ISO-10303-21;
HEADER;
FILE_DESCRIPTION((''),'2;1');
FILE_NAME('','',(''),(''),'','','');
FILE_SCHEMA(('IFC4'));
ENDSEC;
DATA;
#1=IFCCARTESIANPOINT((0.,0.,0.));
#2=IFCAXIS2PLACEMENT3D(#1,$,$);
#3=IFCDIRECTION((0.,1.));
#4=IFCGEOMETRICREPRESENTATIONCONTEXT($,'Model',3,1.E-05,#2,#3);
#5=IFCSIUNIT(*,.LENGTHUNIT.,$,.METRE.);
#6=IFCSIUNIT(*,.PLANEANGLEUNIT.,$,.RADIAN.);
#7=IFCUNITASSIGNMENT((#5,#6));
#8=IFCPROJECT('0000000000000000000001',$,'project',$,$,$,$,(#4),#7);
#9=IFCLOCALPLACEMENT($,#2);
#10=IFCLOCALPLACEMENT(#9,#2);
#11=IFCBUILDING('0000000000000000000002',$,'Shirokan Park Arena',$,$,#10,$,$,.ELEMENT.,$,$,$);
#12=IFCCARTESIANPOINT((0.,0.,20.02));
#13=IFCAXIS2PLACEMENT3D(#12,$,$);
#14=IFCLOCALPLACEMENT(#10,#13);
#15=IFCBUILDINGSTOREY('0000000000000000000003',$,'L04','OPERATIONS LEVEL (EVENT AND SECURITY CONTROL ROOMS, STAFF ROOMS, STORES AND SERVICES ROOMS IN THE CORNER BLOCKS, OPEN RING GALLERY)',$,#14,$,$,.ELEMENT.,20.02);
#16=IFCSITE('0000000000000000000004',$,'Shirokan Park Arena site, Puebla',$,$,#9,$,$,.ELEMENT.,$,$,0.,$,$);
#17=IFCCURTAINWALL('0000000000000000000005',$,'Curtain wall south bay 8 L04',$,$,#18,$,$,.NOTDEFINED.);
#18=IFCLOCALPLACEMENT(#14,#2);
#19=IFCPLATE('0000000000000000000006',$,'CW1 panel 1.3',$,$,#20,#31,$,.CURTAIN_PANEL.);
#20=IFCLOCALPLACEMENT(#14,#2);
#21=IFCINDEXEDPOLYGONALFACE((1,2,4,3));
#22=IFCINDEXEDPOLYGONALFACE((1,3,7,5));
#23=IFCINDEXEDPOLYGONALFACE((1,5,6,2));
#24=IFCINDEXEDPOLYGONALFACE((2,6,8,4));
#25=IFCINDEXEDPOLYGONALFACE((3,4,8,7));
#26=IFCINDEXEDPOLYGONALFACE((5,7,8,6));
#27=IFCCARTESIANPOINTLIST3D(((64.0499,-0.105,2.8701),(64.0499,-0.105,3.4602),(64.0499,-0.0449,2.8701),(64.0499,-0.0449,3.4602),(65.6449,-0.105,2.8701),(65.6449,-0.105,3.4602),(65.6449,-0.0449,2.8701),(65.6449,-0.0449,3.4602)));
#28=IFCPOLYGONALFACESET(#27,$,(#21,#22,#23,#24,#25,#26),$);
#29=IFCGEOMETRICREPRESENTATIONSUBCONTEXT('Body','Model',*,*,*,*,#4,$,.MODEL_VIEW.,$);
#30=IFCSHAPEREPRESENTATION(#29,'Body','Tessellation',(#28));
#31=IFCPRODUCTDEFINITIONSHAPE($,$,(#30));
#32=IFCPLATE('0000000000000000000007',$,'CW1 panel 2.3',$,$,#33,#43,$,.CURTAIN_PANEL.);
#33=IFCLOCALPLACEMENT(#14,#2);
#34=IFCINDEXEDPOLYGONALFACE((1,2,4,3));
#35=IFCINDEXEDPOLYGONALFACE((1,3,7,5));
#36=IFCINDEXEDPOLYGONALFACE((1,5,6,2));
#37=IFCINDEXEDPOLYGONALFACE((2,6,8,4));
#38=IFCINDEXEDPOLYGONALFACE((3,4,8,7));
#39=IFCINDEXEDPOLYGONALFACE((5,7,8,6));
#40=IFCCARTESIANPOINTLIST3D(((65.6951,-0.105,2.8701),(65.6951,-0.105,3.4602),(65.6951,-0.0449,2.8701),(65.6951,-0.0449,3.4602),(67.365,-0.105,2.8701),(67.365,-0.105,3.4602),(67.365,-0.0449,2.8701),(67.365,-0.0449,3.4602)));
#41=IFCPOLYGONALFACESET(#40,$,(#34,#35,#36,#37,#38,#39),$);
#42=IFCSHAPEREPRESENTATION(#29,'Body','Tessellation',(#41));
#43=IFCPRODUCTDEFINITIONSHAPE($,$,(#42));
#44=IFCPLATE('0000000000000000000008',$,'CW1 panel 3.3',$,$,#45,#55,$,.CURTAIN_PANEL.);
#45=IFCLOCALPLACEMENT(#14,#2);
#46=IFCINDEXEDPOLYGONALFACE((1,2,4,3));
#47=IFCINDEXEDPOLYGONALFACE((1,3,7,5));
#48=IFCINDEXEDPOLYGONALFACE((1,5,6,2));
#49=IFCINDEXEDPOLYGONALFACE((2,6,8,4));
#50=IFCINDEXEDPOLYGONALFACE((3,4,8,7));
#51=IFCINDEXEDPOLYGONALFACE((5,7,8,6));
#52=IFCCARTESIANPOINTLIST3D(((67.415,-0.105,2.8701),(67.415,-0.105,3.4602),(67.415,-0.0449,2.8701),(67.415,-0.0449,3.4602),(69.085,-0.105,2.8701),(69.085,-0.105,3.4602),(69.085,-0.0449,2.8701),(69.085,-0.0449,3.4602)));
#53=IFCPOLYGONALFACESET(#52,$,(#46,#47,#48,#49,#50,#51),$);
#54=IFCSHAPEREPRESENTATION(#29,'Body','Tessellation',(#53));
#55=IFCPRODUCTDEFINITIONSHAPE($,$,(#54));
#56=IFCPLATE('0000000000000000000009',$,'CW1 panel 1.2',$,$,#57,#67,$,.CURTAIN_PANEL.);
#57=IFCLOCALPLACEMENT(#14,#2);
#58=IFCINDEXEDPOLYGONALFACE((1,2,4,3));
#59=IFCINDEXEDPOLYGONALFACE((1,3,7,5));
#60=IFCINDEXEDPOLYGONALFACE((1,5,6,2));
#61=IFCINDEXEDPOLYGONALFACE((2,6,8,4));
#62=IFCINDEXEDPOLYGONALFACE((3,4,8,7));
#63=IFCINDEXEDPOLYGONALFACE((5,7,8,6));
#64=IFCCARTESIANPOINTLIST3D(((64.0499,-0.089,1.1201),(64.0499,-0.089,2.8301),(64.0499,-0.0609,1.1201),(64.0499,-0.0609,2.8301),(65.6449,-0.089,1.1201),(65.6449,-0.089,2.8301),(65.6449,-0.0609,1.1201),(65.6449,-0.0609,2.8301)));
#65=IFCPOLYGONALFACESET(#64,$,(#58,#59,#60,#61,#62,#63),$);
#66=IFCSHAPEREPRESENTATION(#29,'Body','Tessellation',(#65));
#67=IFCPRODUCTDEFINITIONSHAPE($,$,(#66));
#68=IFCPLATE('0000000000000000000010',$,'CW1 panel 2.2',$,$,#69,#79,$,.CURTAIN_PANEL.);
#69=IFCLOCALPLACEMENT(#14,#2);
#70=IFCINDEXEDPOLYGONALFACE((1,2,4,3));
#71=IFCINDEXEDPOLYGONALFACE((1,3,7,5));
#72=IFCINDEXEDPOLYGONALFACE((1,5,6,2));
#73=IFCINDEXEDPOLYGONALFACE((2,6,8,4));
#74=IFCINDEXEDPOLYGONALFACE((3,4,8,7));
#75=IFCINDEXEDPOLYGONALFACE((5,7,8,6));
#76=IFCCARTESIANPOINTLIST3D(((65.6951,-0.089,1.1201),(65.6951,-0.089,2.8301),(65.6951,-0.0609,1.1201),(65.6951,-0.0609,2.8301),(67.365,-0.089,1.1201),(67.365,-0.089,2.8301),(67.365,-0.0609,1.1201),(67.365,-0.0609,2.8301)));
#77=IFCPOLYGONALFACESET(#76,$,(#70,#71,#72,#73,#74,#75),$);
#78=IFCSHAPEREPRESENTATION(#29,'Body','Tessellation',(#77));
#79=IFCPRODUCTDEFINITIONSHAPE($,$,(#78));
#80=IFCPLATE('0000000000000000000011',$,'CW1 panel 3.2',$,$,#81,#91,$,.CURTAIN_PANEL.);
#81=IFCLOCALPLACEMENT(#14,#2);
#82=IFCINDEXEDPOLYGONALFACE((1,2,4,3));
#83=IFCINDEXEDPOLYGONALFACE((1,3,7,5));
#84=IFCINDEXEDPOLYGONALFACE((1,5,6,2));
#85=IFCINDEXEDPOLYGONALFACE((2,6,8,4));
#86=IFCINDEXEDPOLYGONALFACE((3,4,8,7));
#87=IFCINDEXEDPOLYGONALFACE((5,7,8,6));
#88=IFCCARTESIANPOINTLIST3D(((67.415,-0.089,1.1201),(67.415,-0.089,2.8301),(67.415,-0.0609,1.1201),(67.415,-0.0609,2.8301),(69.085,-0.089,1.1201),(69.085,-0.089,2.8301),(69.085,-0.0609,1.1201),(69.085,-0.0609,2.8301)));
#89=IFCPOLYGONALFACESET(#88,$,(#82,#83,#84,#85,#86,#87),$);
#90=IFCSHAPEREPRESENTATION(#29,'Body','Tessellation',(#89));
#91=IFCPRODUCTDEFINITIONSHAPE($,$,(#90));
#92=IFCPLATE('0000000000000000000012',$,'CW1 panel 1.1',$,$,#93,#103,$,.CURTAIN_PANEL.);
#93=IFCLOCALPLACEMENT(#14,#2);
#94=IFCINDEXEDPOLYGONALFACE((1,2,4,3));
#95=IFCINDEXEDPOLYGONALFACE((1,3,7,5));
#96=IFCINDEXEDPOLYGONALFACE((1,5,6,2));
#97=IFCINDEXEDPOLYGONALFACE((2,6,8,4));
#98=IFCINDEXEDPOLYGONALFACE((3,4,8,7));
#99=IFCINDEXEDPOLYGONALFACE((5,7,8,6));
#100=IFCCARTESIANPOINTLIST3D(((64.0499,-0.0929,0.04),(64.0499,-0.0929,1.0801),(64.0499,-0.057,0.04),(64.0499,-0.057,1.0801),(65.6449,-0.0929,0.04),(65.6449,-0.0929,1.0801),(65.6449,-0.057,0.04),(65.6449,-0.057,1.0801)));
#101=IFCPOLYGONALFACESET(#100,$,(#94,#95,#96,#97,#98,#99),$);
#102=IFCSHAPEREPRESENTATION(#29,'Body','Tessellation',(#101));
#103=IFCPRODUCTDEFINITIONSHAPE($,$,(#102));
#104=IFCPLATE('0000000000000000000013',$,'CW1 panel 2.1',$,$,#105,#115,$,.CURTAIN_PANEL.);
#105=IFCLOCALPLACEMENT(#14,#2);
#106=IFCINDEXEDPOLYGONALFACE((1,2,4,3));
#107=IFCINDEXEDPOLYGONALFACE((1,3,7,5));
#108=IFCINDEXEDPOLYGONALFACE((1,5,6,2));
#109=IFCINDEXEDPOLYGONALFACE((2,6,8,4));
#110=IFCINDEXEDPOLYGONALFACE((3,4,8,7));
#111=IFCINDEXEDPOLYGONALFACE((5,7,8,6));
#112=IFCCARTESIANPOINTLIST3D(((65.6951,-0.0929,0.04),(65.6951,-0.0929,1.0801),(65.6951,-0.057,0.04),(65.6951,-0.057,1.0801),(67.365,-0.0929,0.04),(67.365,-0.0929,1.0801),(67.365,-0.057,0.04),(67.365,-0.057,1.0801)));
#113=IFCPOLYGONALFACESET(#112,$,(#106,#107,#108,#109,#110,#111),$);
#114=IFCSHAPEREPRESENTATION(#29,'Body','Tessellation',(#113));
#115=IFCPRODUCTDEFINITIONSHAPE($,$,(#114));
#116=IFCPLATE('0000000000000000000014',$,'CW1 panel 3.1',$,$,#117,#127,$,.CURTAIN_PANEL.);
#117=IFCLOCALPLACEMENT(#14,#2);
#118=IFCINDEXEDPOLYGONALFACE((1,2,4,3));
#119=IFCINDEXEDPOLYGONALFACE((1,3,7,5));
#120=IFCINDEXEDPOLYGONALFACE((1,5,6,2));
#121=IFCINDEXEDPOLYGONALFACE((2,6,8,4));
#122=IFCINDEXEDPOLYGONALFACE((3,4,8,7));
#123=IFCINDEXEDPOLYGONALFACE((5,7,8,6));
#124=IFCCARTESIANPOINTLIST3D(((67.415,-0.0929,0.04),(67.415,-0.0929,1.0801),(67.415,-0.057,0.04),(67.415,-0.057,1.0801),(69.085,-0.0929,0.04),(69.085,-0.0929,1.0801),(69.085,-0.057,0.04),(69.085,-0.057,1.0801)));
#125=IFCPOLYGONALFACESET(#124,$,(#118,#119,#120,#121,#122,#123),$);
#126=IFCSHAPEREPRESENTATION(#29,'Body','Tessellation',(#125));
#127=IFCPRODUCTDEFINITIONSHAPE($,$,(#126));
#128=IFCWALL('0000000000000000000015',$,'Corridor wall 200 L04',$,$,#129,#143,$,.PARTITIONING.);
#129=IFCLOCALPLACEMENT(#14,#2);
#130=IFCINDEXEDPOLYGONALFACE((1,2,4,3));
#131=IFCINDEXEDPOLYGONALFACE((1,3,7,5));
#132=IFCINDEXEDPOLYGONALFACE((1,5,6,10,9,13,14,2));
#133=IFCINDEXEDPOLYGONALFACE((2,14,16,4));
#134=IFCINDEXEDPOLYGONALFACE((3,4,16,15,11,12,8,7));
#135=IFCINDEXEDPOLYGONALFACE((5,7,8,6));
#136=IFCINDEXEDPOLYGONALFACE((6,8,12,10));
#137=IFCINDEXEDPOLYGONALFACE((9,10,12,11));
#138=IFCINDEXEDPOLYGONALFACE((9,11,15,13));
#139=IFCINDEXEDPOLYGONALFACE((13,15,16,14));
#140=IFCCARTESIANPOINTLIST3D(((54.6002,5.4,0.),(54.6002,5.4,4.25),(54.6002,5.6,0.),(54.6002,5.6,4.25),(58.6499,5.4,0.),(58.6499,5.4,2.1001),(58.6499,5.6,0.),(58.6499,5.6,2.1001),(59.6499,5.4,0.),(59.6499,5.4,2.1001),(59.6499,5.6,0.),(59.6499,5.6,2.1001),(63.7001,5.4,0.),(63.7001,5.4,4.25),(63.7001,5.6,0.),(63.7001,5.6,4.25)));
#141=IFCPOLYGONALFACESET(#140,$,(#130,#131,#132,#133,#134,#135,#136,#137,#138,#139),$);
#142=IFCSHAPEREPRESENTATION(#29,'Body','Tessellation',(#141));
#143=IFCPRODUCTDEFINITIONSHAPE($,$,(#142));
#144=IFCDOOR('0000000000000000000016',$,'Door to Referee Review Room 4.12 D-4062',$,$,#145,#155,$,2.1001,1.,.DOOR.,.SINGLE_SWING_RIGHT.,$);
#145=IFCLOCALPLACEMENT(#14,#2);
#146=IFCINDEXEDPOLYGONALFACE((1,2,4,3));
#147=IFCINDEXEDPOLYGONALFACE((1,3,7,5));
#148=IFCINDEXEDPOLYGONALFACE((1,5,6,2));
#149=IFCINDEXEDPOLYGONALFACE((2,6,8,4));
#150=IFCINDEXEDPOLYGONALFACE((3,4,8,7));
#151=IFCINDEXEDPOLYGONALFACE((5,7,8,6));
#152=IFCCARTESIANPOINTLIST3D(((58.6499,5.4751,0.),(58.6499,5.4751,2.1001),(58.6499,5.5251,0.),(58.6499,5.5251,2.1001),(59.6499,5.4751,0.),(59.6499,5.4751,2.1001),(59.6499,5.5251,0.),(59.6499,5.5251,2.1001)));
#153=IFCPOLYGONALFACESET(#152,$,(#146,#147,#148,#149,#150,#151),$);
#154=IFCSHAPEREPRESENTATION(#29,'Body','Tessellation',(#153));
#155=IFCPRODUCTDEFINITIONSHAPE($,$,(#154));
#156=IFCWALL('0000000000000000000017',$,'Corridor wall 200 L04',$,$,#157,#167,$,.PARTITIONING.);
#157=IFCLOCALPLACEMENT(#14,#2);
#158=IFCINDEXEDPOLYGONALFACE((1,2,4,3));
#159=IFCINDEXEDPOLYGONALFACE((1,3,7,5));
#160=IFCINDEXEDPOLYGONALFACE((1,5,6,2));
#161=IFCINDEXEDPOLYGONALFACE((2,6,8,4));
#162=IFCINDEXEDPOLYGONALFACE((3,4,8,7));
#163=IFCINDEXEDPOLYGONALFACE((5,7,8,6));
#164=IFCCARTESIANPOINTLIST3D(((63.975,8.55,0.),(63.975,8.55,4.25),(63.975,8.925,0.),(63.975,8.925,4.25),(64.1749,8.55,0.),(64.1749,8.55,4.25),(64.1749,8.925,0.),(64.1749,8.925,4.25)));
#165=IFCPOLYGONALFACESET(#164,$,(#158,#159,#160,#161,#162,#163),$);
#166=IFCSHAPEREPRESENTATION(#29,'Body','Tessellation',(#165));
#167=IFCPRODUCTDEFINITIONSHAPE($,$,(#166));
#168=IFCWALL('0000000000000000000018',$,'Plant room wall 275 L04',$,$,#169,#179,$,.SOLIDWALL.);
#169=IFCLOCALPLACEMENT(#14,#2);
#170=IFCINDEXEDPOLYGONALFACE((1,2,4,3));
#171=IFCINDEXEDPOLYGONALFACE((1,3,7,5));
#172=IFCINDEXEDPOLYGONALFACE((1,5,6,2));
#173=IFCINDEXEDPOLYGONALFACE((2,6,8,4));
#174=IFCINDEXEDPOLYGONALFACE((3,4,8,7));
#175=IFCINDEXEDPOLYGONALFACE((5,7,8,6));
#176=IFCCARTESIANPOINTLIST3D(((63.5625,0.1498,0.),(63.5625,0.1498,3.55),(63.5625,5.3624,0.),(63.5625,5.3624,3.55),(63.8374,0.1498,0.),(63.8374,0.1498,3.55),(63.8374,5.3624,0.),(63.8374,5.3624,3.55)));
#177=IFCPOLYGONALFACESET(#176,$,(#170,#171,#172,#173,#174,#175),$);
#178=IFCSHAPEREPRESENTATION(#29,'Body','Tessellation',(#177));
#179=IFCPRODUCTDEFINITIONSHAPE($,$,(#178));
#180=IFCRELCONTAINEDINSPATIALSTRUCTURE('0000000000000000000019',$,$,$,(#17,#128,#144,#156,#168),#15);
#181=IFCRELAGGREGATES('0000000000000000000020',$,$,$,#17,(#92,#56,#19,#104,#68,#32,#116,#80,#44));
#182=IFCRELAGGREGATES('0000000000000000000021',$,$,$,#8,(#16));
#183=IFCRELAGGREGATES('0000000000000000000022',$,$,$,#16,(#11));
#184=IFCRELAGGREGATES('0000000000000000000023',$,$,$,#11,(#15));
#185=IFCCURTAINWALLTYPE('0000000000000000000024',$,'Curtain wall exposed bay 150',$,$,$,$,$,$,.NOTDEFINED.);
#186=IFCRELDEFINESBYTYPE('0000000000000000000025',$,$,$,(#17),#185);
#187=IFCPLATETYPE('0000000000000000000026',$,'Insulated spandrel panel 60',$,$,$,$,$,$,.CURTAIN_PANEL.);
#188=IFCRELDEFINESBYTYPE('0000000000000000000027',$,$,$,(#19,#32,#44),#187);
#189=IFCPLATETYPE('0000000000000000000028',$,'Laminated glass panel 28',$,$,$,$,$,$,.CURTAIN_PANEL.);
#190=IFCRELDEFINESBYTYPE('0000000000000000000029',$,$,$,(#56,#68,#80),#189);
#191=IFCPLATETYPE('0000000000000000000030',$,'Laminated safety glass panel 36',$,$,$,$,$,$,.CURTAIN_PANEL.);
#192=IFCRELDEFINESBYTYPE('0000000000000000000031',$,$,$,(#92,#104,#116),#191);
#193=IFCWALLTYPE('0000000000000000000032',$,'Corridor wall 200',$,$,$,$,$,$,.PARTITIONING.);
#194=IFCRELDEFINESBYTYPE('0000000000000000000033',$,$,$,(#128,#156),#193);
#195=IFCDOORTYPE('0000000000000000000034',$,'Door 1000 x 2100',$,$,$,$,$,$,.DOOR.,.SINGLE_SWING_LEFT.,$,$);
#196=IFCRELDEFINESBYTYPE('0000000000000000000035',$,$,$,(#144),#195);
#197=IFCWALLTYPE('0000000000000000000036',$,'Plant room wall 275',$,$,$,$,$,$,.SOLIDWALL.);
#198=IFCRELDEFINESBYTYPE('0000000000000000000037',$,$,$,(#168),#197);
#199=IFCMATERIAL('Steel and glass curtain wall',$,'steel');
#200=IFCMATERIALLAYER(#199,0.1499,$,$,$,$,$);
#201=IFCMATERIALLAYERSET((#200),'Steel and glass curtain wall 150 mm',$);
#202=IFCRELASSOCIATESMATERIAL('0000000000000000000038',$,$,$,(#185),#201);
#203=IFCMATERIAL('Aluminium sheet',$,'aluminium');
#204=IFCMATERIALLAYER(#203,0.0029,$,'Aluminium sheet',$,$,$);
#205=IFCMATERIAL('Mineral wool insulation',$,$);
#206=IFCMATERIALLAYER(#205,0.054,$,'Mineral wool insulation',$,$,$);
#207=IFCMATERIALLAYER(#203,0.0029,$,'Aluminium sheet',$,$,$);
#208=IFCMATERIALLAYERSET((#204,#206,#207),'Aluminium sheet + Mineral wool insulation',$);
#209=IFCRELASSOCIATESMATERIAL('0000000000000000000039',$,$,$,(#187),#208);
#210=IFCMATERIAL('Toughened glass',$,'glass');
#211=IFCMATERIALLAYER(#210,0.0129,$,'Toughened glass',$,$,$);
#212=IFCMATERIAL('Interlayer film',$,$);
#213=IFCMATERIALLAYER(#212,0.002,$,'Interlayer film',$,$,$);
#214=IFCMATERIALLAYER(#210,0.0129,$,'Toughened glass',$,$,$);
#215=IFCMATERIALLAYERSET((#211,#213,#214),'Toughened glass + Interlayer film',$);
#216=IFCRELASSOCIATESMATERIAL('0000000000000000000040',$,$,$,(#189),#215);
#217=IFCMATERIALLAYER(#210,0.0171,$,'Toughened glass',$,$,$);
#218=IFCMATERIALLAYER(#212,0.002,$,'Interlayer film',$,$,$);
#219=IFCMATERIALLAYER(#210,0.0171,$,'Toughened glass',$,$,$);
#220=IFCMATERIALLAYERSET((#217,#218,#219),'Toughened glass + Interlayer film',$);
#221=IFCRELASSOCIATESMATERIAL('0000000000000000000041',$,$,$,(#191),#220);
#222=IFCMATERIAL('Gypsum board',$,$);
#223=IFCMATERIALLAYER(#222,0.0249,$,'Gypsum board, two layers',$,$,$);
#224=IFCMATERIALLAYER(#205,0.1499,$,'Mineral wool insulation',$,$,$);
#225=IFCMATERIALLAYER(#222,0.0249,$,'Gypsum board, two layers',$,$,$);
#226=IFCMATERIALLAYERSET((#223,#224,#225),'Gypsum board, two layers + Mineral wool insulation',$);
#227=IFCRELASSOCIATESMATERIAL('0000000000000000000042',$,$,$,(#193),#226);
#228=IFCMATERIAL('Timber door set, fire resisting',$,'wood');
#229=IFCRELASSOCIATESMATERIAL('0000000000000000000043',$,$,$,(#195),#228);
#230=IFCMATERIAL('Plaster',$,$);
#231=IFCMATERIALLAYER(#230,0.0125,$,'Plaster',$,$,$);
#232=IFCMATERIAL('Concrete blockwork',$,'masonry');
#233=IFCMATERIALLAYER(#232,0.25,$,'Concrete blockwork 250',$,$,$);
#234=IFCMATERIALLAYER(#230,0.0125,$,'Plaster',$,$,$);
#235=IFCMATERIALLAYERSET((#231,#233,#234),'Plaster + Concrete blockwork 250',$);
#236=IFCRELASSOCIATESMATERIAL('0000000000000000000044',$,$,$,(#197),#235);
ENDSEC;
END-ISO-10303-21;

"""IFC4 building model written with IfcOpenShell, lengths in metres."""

from ifc_helpers import new_model, si_unit, direction, frame, frame_2d, origin, origin_2d, place, context, subcontext, project, spatial, rectangle, extrude, material, layer, layer_set, type_object, element, fill, aggregate, save


model = new_model("IFC4")

# Units and contexts
model_context = context("Model", 3, precision=1e-05, world=origin(), true_north=direction((0.0, 1.0)))
body_context = subcontext(model_context, "Body", "Model", "MODEL_VIEW")
ifc_project = project(units=[si_unit("LENGTHUNIT", "METRE"), si_unit("PLANEANGLEUNIT", "RADIAN")], contexts=[model_context])

# Site, building, storey
site_placement = place(None, origin())
site = spatial("IfcSite", under=ifc_project, at=site_placement, Name="Shirokan Park Arena site, Puebla", CompositionType="ELEMENT", RefElevation=0.0)
building_placement = place(site_placement, origin())
building = spatial("IfcBuilding", under=site, at=building_placement, Name="Shirokan Park Arena", CompositionType="ELEMENT")
storey_placement = place(building_placement, frame((0.0, 0.0, 20.02)))
storey = spatial("IfcBuildingStorey", under=building, at=storey_placement, Name="L04", Description="OPERATIONS LEVEL (EVENT AND SECURITY CONTROL ROOMS, STAFF ROOMS, STORES AND SERVICES ROOMS IN THE CORNER BLOCKS, OPEN RING GALLERY)", CompositionType="ELEMENT", Elevation=20.02)

# Curtain wall
ifc_material_1 = material(Name="Steel and glass curtain wall", Category="steel")
ifc_layer_1 = layer(ifc_material_1, 0.1499)
ifc_layer_set_1 = layer_set([ifc_layer_1], Name="Steel and glass curtain wall 150 mm")
curtain_wall_type = type_object("IfcCurtainWallType", Name="Curtain wall exposed bay 150", PredefinedType="NOTDEFINED", material=ifc_layer_set_1)
curtain_wall_placement = place(storey_placement, origin())
curtain_wall = element("IfcCurtainWall", 1, at=curtain_wall_placement, inside=storey, type_object=curtain_wall_type, Name="Curtain wall south bay 8 L04", PredefinedType="NOTDEFINED")

# Plates
ifc_material_2 = material(Name="Aluminium sheet", Category="aluminium")
ifc_layer_2 = layer(ifc_material_2, 0.0029, Name="Aluminium sheet")
ifc_material_3 = material(Name="Mineral wool insulation")
ifc_layer_3 = layer(ifc_material_3, 0.054, Name="Mineral wool insulation")
ifc_layer_4 = layer(ifc_material_2, 0.0029, Name="Aluminium sheet")
ifc_layer_set_2 = layer_set([ifc_layer_2, ifc_layer_3, ifc_layer_4], Name="Aluminium sheet + Mineral wool insulation")
plate_type_1 = type_object("IfcPlateType", Name="Insulated spandrel panel 60", PredefinedType="CURTAIN_PANEL", material=ifc_layer_set_2)
plate_1_placement = place(storey_placement, frame((64.8474, -0.075, 2.8701), z_axis=(0.0, 0.0, 1.0), x_axis=(1.0, 0.0, 0.0)))
plate_1 = element("IfcPlate", 2, at=plate_1_placement, type_object=plate_type_1, Name="CW1 panel 1.3", PredefinedType="CURTAIN_PANEL", context=body_context, shape_type="SweptSolid", body=[
    extrude(rectangle(XDim=1.595, YDim=0.0601, at=origin_2d()), origin(), (0.0, 0.0, 1.0), 0.5901),
])
plate_2_placement = place(storey_placement, frame((66.53, -0.075, 2.8701), z_axis=(0.0, 0.0, 1.0), x_axis=(1.0, 0.0, 0.0)))
plate_2 = element("IfcPlate", 3, at=plate_2_placement, type_object=plate_type_1, Name="CW1 panel 2.3", PredefinedType="CURTAIN_PANEL", context=body_context, shape_type="SweptSolid", body=[
    extrude(rectangle(XDim=1.6699, YDim=0.0601, at=origin_2d()), origin(), (0.0, 0.0, 1.0), 0.5901),
])
plate_3_placement = place(storey_placement, frame((68.25, -0.075, 2.8701), z_axis=(0.0, 0.0, 1.0), x_axis=(1.0, 0.0, 0.0)))
plate_3 = element("IfcPlate", 4, at=plate_3_placement, type_object=plate_type_1, Name="CW1 panel 3.3", PredefinedType="CURTAIN_PANEL", context=body_context, shape_type="SweptSolid", body=[
    extrude(rectangle(XDim=1.6699, YDim=0.0601, at=origin_2d()), origin(), (0.0, 0.0, 1.0), 0.5901),
])
ifc_material_4 = material(Name="Toughened glass", Category="glass")
ifc_layer_5 = layer(ifc_material_4, 0.0129, Name="Toughened glass")
ifc_material_5 = material(Name="Interlayer film")
ifc_layer_6 = layer(ifc_material_5, 0.002, Name="Interlayer film")
ifc_layer_7 = layer(ifc_material_4, 0.0129, Name="Toughened glass")
ifc_layer_set_3 = layer_set([ifc_layer_5, ifc_layer_6, ifc_layer_7], Name="Toughened glass + Interlayer film")
plate_type_2 = type_object("IfcPlateType", Name="Laminated glass panel 28", PredefinedType="CURTAIN_PANEL", material=ifc_layer_set_3)
plate_4_placement = place(storey_placement, frame((64.8474, -0.075, 1.1201), z_axis=(0.0, 0.0, 1.0), x_axis=(1.0, 0.0, 0.0)))
plate_4 = element("IfcPlate", 5, at=plate_4_placement, type_object=plate_type_2, Name="CW1 panel 1.2", PredefinedType="CURTAIN_PANEL", context=body_context, shape_type="SweptSolid", body=[
    extrude(rectangle(XDim=1.595, YDim=0.0281, at=origin_2d()), origin(), (0.0, 0.0, 1.0), 1.71),
])
plate_5_placement = place(storey_placement, frame((66.53, -0.075, 1.1201), z_axis=(0.0, 0.0, 1.0), x_axis=(1.0, 0.0, 0.0)))
plate_5 = element("IfcPlate", 6, at=plate_5_placement, type_object=plate_type_2, Name="CW1 panel 2.2", PredefinedType="CURTAIN_PANEL", context=body_context, shape_type="SweptSolid", body=[
    extrude(rectangle(XDim=1.6699, YDim=0.0281, at=origin_2d()), origin(), (0.0, 0.0, 1.0), 1.71),
])
plate_6_placement = place(storey_placement, frame((68.25, -0.075, 1.1201), z_axis=(0.0, 0.0, 1.0), x_axis=(1.0, 0.0, 0.0)))
plate_6 = element("IfcPlate", 7, at=plate_6_placement, type_object=plate_type_2, Name="CW1 panel 3.2", PredefinedType="CURTAIN_PANEL", context=body_context, shape_type="SweptSolid", body=[
    extrude(rectangle(XDim=1.6699, YDim=0.0281, at=origin_2d()), origin(), (0.0, 0.0, 1.0), 1.71),
])
ifc_layer_8 = layer(ifc_material_4, 0.0171, Name="Toughened glass")
ifc_layer_9 = layer(ifc_material_5, 0.002, Name="Interlayer film")
ifc_layer_10 = layer(ifc_material_4, 0.0171, Name="Toughened glass")
ifc_layer_set_4 = layer_set([ifc_layer_8, ifc_layer_9, ifc_layer_10], Name="Toughened glass + Interlayer film")
plate_type_3 = type_object("IfcPlateType", Name="Laminated safety glass panel 36", PredefinedType="CURTAIN_PANEL", material=ifc_layer_set_4)
plate_7_placement = place(storey_placement, frame((64.8474, -0.075, 0.04), z_axis=(0.0, 0.0, 1.0), x_axis=(1.0, 0.0, 0.0)))
plate_7 = element("IfcPlate", 8, at=plate_7_placement, type_object=plate_type_3, Name="CW1 panel 1.1", PredefinedType="CURTAIN_PANEL", context=body_context, shape_type="SweptSolid", body=[
    extrude(rectangle(XDim=1.595, YDim=0.0359, at=origin_2d()), origin(), (0.0, 0.0, 1.0), 1.04),
])
plate_8_placement = place(storey_placement, frame((66.53, -0.075, 0.04), z_axis=(0.0, 0.0, 1.0), x_axis=(1.0, 0.0, 0.0)))
plate_8 = element("IfcPlate", 9, at=plate_8_placement, type_object=plate_type_3, Name="CW1 panel 2.1", PredefinedType="CURTAIN_PANEL", context=body_context, shape_type="SweptSolid", body=[
    extrude(rectangle(XDim=1.6699, YDim=0.0359, at=origin_2d()), origin(), (0.0, 0.0, 1.0), 1.04),
])
plate_9_placement = place(storey_placement, frame((68.25, -0.075, 0.04), z_axis=(0.0, 0.0, 1.0), x_axis=(1.0, 0.0, 0.0)))
plate_9 = element("IfcPlate", 10, at=plate_9_placement, type_object=plate_type_3, Name="CW1 panel 3.1", PredefinedType="CURTAIN_PANEL", context=body_context, shape_type="SweptSolid", body=[
    extrude(rectangle(XDim=1.6699, YDim=0.0359, at=origin_2d()), origin(), (0.0, 0.0, 1.0), 1.04),
])
aggregate(curtain_wall, [plate_7, plate_4, plate_1, plate_8, plate_5, plate_2, plate_9, plate_6, plate_3])

# Wall, opening, door
ifc_material_6 = material(Name="Gypsum board")
ifc_layer_11 = layer(ifc_material_6, 0.0249, Name="Gypsum board, two layers")
ifc_layer_12 = layer(ifc_material_3, 0.1499, Name="Mineral wool insulation")
ifc_layer_13 = layer(ifc_material_6, 0.0249, Name="Gypsum board, two layers")
ifc_layer_set_5 = layer_set([ifc_layer_11, ifc_layer_12, ifc_layer_13], Name="Gypsum board, two layers + Mineral wool insulation")
wall_type_1 = type_object("IfcWallType", Name="Corridor wall 200", PredefinedType="PARTITIONING", material=ifc_layer_set_5)
wall_1_placement = place(storey_placement, frame((63.7, 5.5, 0.0), z_axis=(0.0, 0.0, 1.0), x_axis=(-1.0, 0.0, 0.0)))
wall_1 = element("IfcWall", 11, at=wall_1_placement, inside=storey, type_object=wall_type_1, Name="Corridor wall 200 L04", PredefinedType="PARTITIONING", context=body_context, shape_type="SweptSolid", body=[
    extrude(rectangle(XDim=9.0999, YDim=0.2, at=frame_2d((4.5498, 0.0))), origin(), (0.0, 0.0, 1.0), 4.25),
])
opening_placement = place(wall_1_placement, frame((4.05, 0.0, 0.0)))
opening = element("IfcOpeningElement", 12, at=opening_placement, cuts=wall_1, PredefinedType="OPENING", context=body_context, shape_type="SweptSolid", body=[
    extrude(rectangle(XDim=1.0, YDim=2.1001, at=frame_2d((0.5, 1.05))), frame((0.0, 0.1099, 0.0), z_axis=(0.0, -1.0, 0.0), x_axis=(1.0, 0.0, 0.0)), (0.0, 0.0, 1.0), 0.22),
])
ifc_material_7 = material(Name="Timber door set, fire resisting", Category="wood")
door_type = type_object("IfcDoorType", Name="Door 1000 x 2100", OperationType="SINGLE_SWING_LEFT", PredefinedType="DOOR", material=ifc_material_7)
door_placement = place(opening_placement, origin())
door = element("IfcDoor", 13, at=door_placement, inside=storey, type_object=door_type, Name="Door to Referee Review Room 4.12 D-4062", OperationType="SINGLE_SWING_RIGHT", OverallHeight=2.1001, OverallWidth=1.0, PredefinedType="DOOR", context=body_context, shape_type="SweptSolid", body=[
    extrude(rectangle(XDim=1.0, YDim=2.1001, at=frame_2d((0.5, 1.05))), frame((0.0, 0.0249, 0.0), z_axis=(0.0, -1.0, 0.0), x_axis=(1.0, 0.0, 0.0)), (0.0, 0.0, 1.0), 0.05),
])
fill(opening, door)

# Walls
wall_2_placement = place(storey_placement, frame((64.075, 8.55, 0.0), z_axis=(0.0, 0.0, 1.0), x_axis=(0.0, 1.0, 0.0)))
element("IfcWall", 14, at=wall_2_placement, inside=storey, type_object=wall_type_1, Name="Corridor wall 200 L04", PredefinedType="PARTITIONING", context=body_context, shape_type="SweptSolid", body=[
    extrude(rectangle(XDim=0.375, YDim=0.2, at=frame_2d((0.1875, 0.0))), origin(), (0.0, 0.0, 1.0), 4.25),
])
ifc_material_8 = material(Name="Plaster")
ifc_layer_14 = layer(ifc_material_8, 0.0125, Name="Plaster")
ifc_material_9 = material(Name="Concrete blockwork", Category="masonry")
ifc_layer_15 = layer(ifc_material_9, 0.25, Name="Concrete blockwork 250")
ifc_layer_16 = layer(ifc_material_8, 0.0125, Name="Plaster")
ifc_layer_set_6 = layer_set([ifc_layer_14, ifc_layer_15, ifc_layer_16], Name="Plaster + Concrete blockwork 250")
wall_type_2 = type_object("IfcWallType", Name="Plant room wall 275", PredefinedType="SOLIDWALL", material=ifc_layer_set_6)
wall_3_placement = place(storey_placement, frame((63.7, 5.3625, 0.0), z_axis=(0.0, 0.0, 1.0), x_axis=(0.0, -1.0, 0.0)))
element("IfcWall", 15, at=wall_3_placement, inside=storey, type_object=wall_type_2, Name="Plant room wall 275 L04", PredefinedType="SOLIDWALL", context=body_context, shape_type="SweptSolid", body=[
    extrude(rectangle(XDim=5.2126, YDim=0.2749, at=frame_2d((2.6064, 0.0))), origin(), (0.0, 0.0, 1.0), 3.55),
])

save(model, "model.ifc")
